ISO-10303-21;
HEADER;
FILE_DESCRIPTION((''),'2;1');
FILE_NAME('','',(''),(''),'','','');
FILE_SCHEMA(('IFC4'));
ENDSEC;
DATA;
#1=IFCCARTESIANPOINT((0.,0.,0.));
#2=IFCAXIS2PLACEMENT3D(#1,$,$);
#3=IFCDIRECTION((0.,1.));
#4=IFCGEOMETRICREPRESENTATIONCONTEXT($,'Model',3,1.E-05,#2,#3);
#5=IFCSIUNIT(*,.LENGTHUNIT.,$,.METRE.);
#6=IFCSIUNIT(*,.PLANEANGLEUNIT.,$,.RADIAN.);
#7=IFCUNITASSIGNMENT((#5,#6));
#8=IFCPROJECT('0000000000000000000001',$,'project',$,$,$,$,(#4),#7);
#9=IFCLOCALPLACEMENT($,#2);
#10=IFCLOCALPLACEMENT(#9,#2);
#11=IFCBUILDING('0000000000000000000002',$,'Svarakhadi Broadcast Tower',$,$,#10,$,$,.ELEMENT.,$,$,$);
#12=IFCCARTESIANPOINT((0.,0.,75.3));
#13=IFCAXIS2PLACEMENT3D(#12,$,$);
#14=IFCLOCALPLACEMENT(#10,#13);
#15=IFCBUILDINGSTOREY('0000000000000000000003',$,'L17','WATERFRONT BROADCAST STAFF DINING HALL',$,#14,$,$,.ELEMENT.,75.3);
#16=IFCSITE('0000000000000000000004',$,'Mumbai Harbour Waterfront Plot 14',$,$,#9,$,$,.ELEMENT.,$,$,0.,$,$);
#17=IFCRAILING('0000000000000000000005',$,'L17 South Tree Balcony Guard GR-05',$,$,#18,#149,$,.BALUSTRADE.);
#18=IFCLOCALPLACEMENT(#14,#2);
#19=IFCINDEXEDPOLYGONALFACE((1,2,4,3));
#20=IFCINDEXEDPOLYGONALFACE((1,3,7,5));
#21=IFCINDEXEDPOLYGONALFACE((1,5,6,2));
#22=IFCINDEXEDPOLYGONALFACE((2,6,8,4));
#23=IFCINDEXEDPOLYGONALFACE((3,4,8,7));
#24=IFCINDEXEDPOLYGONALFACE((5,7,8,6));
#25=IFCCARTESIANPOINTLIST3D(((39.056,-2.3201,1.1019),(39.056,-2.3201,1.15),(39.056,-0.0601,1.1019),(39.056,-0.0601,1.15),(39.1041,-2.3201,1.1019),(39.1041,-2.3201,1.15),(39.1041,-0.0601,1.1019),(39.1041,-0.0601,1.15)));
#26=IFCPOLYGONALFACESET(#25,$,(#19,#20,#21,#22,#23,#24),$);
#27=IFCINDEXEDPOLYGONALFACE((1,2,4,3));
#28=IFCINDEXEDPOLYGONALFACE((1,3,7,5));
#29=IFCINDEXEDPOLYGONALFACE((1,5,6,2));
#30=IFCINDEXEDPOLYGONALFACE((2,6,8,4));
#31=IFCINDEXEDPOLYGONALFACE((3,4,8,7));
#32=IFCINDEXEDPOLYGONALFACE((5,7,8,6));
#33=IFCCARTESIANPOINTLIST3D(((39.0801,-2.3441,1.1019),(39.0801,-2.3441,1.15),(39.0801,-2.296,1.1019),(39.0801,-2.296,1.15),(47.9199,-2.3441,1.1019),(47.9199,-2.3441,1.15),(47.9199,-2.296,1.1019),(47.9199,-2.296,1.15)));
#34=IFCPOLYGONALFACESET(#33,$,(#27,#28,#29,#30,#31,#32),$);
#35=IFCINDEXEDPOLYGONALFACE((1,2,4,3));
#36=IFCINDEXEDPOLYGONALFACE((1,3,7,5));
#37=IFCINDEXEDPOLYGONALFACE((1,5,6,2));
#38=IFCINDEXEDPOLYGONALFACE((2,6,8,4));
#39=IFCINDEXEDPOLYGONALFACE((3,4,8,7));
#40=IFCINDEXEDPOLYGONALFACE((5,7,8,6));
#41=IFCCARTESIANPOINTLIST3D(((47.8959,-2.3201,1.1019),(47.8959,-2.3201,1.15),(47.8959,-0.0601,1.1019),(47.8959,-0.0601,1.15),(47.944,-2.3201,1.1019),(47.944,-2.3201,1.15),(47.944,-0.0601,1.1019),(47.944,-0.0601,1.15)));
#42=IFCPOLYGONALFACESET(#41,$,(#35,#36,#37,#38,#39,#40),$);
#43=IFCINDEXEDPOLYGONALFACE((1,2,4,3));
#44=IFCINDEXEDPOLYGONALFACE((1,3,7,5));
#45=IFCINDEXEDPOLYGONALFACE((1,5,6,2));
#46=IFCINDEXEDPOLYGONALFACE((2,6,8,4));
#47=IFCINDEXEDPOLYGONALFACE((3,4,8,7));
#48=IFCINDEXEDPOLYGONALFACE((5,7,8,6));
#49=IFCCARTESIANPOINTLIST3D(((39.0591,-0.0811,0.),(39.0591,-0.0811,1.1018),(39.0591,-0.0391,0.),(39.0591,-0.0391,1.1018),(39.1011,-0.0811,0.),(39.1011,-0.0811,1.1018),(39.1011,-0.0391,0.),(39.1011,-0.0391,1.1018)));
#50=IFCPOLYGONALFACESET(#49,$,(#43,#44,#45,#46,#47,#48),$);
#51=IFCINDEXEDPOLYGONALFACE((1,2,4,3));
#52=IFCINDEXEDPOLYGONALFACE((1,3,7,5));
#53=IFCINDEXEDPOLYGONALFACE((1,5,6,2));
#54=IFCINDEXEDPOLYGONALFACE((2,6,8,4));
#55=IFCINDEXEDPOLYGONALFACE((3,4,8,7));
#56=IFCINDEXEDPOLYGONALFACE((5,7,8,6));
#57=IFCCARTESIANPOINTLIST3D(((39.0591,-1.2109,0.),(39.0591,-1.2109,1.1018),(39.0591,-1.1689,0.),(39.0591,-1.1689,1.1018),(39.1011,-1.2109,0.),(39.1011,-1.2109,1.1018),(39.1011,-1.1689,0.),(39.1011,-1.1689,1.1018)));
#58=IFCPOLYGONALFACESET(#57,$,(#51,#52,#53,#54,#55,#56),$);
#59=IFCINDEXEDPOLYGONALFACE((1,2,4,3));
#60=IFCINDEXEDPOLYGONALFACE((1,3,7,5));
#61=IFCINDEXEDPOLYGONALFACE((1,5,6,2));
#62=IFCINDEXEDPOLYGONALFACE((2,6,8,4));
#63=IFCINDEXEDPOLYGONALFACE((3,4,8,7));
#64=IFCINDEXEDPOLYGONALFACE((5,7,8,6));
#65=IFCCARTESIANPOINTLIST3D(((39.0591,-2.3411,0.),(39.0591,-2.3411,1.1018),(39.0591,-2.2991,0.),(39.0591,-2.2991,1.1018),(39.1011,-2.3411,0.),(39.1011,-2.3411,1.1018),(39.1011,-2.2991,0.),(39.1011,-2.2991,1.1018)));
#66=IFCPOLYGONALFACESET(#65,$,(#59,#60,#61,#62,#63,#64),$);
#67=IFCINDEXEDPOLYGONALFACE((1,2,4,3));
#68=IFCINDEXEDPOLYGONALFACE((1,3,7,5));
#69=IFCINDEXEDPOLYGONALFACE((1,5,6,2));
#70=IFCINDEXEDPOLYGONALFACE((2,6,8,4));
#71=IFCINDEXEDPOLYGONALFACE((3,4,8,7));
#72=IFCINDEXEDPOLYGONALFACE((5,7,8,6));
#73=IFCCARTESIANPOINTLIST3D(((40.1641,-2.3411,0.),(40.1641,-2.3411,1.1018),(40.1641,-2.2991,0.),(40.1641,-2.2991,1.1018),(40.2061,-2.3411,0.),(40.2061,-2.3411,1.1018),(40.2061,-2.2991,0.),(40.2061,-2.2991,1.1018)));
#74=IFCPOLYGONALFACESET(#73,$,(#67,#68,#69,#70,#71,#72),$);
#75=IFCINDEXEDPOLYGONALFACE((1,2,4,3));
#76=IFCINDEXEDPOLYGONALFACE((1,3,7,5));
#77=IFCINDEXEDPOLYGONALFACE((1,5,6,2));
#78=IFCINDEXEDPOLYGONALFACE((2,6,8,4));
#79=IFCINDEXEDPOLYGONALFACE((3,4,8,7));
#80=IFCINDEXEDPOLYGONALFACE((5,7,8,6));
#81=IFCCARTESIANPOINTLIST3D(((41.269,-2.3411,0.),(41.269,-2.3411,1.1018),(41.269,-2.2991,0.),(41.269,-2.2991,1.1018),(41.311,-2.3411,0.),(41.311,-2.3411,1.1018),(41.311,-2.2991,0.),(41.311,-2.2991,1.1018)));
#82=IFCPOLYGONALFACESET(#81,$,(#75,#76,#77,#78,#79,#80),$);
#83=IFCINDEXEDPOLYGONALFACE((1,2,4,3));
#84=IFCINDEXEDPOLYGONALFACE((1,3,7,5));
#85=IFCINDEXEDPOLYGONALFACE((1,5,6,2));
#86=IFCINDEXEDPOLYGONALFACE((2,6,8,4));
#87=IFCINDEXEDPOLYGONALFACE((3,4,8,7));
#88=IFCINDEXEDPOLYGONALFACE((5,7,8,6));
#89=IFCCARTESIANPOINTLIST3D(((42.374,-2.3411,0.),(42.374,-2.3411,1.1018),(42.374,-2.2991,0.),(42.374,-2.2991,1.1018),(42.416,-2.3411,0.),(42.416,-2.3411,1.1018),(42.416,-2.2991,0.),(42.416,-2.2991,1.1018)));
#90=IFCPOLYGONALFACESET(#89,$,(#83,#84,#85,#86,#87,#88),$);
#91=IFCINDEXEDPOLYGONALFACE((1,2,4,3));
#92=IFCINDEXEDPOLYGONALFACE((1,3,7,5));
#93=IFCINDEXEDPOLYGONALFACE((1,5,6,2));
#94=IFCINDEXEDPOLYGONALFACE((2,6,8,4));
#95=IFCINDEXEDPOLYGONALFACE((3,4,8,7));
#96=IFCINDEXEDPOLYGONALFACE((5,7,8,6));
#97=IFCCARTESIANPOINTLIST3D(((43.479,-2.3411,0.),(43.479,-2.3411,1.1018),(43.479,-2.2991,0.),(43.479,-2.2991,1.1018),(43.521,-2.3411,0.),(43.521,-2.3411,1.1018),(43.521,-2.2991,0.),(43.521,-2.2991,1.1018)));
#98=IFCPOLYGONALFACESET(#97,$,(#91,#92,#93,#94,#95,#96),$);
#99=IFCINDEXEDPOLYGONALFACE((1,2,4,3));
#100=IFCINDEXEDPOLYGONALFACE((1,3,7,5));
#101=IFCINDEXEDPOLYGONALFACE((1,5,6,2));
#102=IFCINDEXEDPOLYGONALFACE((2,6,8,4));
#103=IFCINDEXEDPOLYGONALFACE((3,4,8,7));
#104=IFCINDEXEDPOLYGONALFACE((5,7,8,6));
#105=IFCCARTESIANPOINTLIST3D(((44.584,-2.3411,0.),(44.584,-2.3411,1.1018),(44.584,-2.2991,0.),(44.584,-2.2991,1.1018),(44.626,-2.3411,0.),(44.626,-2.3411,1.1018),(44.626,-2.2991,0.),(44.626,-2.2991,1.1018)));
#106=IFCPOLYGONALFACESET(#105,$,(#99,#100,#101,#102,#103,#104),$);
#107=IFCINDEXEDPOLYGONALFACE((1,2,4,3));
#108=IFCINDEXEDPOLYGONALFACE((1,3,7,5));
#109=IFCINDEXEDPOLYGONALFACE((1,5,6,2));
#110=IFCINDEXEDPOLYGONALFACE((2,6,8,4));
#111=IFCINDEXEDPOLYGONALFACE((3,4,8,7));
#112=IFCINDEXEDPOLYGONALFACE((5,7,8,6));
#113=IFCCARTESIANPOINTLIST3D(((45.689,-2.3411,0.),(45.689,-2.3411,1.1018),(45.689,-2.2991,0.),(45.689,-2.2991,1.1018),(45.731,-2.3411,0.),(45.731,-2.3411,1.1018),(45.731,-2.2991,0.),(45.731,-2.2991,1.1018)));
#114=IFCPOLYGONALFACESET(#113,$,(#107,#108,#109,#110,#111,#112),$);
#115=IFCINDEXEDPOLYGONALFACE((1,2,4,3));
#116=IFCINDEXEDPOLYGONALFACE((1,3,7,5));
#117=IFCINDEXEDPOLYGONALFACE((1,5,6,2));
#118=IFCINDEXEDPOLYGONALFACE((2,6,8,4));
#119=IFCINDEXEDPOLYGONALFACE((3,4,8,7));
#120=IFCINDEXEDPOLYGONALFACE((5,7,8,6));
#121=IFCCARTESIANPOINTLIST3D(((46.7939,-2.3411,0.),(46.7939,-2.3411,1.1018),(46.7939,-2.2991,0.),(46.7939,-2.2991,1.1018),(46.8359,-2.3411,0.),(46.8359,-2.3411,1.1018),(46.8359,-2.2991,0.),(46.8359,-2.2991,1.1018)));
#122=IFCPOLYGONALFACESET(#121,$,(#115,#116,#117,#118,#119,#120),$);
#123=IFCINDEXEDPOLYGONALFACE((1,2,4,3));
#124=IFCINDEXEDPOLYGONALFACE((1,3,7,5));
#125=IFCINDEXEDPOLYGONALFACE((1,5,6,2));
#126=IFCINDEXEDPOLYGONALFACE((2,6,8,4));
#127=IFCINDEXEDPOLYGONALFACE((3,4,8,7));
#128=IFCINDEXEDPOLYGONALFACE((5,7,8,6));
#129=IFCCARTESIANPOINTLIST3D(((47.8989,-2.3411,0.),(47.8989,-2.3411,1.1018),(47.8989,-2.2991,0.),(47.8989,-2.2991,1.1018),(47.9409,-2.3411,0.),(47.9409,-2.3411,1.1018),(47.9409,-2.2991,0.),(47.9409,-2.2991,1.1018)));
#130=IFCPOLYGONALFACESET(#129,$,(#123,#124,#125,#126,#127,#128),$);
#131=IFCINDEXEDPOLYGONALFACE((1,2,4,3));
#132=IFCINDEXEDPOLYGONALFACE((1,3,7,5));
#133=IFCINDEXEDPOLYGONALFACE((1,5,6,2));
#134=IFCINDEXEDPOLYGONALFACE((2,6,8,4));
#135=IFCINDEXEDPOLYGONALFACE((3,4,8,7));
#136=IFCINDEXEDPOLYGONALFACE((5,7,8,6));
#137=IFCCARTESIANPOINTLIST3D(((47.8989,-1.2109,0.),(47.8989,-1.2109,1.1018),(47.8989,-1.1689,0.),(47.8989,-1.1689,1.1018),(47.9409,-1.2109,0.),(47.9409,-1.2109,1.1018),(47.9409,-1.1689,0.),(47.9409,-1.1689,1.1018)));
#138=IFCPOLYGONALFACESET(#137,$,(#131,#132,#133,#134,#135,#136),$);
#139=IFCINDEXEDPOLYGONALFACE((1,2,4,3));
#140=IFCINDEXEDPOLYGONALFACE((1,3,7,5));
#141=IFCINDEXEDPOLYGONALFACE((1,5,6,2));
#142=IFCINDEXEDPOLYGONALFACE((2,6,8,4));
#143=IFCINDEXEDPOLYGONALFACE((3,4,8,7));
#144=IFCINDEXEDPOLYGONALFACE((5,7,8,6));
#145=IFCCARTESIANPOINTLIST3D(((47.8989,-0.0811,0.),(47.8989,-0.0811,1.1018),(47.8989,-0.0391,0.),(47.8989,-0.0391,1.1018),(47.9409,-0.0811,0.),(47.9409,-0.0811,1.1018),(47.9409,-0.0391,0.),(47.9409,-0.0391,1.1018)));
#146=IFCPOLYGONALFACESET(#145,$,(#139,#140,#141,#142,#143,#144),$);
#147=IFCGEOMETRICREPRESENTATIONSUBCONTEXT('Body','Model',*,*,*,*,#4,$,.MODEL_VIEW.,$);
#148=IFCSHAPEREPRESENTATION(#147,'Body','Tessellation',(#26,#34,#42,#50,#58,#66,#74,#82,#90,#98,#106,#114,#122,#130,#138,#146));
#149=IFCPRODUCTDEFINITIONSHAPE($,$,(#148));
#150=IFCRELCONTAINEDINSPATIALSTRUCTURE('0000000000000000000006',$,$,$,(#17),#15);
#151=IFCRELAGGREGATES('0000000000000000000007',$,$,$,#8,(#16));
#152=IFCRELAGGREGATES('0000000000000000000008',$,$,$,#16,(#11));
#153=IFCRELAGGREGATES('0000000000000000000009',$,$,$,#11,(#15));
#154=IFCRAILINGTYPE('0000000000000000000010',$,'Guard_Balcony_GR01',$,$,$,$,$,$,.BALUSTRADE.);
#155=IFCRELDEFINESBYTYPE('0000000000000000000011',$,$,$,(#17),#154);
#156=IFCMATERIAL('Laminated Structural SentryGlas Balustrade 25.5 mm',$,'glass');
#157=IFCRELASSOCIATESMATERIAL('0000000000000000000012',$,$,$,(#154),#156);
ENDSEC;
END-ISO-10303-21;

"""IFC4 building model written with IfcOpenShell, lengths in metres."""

from ifc_helpers import new_model, si_unit, direction, frame, origin, origin_2d, place, context, subcontext, project, spatial, rectangle, extrude, material, type_object, element, save


model = new_model("IFC4")

# Units and contexts
model_context = context("Model", 3, precision=1e-05, world=origin(), true_north=direction((0.0, 1.0)))
body_context = subcontext(model_context, "Body", "Model", "MODEL_VIEW")
ifc_project = project(units=[si_unit("LENGTHUNIT", "METRE"), si_unit("PLANEANGLEUNIT", "RADIAN")], contexts=[model_context])

# Site, building, storey
site_placement = place(None, origin())
site = spatial("IfcSite", under=ifc_project, at=site_placement, Name="Mumbai Harbour Waterfront Plot 14", CompositionType="ELEMENT", RefElevation=0.0)
building_placement = place(site_placement, origin())
building = spatial("IfcBuilding", under=site, at=building_placement, Name="Svarakhadi Broadcast Tower", CompositionType="ELEMENT")
storey_placement = place(building_placement, frame((0.0, 0.0, 75.3)))
storey = spatial("IfcBuildingStorey", under=building, at=storey_placement, Name="L17", Description="WATERFRONT BROADCAST STAFF DINING HALL", CompositionType="ELEMENT", Elevation=75.3)

# Railing
ifc_material_1 = material(Name="Laminated Structural SentryGlas Balustrade 25.5 mm", Category="glass")
railing_type = type_object("IfcRailingType", Name="Guard_Balcony_GR01", PredefinedType="BALUSTRADE", material=ifc_material_1)
railing_placement = place(storey_placement, frame((39.0801, -0.0601, 0.0)))
element("IfcRailing", 1, at=railing_placement, inside=storey, type_object=railing_type, Name="L17 South Tree Balcony Guard GR-05", PredefinedType="BALUSTRADE", context=body_context, shape_type="SweptSolid", body=[
    extrude(rectangle(XDim=0.0481, YDim=0.0481, at=origin_2d()), frame((0.0, 0.0, 1.126), z_axis=(0.0, -1.0, 0.0), x_axis=(1.0, 0.0, 0.0)), (0.0, 0.0, 1.0), 2.26),
    extrude(rectangle(XDim=0.0481, YDim=0.0481, at=origin_2d()), frame((0.0, -2.26, 1.126), z_axis=(1.0, 0.0, 0.0), x_axis=(0.0, 1.0, 0.0)), (0.0, 0.0, 1.0), 8.8398),
    extrude(rectangle(XDim=0.0481, YDim=0.0481, at=origin_2d()), frame((8.8398, -2.26, 1.126), z_axis=(0.0, 1.0, 0.0), x_axis=(-1.0, 0.0, 0.0)), (0.0, 0.0, 1.0), 2.26),
    extrude(rectangle(XDim=0.042, YDim=0.042, at=origin_2d()), origin(), (0.0, 0.0, 1.0), 1.1018),
    extrude(rectangle(XDim=0.042, YDim=0.042, at=origin_2d()), frame((0.0, -1.1299, 0.0)), (0.0, 0.0, 1.0), 1.1018),
    extrude(rectangle(XDim=0.042, YDim=0.042, at=origin_2d()), frame((0.0, -2.26, 0.0)), (0.0, 0.0, 1.0), 1.1018),
    extrude(rectangle(XDim=0.042, YDim=0.042, at=origin_2d()), frame((1.105, -2.26, 0.0)), (0.0, 0.0, 1.0), 1.1018),
    extrude(rectangle(XDim=0.042, YDim=0.042, at=origin_2d()), frame((2.21, -2.26, 0.0)), (0.0, 0.0, 1.0), 1.1018),
    extrude(rectangle(XDim=0.042, YDim=0.042, at=origin_2d()), frame((3.3149, -2.26, 0.0)), (0.0, 0.0, 1.0), 1.1018),
    extrude(rectangle(XDim=0.042, YDim=0.042, at=origin_2d()), frame((4.4199, -2.26, 0.0)), (0.0, 0.0, 1.0), 1.1018),
    extrude(rectangle(XDim=0.042, YDim=0.042, at=origin_2d()), frame((5.5249, -2.26, 0.0)), (0.0, 0.0, 1.0), 1.1018),
    extrude(rectangle(XDim=0.042, YDim=0.042, at=origin_2d()), frame((6.6299, -2.26, 0.0)), (0.0, 0.0, 1.0), 1.1018),
    extrude(rectangle(XDim=0.042, YDim=0.042, at=origin_2d()), frame((7.7349, -2.26, 0.0)), (0.0, 0.0, 1.0), 1.1018),
    extrude(rectangle(XDim=0.042, YDim=0.042, at=origin_2d()), frame((8.8398, -2.26, 0.0)), (0.0, 0.0, 1.0), 1.1018),
    extrude(rectangle(XDim=0.042, YDim=0.042, at=origin_2d()), frame((8.8398, -1.1299, 0.0)), (0.0, 0.0, 1.0), 1.1018),
    extrude(rectangle(XDim=0.042, YDim=0.042, at=origin_2d()), frame((8.8398, 0.0, 0.0)), (0.0, 0.0, 1.0), 1.1018),
])

save(model, "model.ifc")
